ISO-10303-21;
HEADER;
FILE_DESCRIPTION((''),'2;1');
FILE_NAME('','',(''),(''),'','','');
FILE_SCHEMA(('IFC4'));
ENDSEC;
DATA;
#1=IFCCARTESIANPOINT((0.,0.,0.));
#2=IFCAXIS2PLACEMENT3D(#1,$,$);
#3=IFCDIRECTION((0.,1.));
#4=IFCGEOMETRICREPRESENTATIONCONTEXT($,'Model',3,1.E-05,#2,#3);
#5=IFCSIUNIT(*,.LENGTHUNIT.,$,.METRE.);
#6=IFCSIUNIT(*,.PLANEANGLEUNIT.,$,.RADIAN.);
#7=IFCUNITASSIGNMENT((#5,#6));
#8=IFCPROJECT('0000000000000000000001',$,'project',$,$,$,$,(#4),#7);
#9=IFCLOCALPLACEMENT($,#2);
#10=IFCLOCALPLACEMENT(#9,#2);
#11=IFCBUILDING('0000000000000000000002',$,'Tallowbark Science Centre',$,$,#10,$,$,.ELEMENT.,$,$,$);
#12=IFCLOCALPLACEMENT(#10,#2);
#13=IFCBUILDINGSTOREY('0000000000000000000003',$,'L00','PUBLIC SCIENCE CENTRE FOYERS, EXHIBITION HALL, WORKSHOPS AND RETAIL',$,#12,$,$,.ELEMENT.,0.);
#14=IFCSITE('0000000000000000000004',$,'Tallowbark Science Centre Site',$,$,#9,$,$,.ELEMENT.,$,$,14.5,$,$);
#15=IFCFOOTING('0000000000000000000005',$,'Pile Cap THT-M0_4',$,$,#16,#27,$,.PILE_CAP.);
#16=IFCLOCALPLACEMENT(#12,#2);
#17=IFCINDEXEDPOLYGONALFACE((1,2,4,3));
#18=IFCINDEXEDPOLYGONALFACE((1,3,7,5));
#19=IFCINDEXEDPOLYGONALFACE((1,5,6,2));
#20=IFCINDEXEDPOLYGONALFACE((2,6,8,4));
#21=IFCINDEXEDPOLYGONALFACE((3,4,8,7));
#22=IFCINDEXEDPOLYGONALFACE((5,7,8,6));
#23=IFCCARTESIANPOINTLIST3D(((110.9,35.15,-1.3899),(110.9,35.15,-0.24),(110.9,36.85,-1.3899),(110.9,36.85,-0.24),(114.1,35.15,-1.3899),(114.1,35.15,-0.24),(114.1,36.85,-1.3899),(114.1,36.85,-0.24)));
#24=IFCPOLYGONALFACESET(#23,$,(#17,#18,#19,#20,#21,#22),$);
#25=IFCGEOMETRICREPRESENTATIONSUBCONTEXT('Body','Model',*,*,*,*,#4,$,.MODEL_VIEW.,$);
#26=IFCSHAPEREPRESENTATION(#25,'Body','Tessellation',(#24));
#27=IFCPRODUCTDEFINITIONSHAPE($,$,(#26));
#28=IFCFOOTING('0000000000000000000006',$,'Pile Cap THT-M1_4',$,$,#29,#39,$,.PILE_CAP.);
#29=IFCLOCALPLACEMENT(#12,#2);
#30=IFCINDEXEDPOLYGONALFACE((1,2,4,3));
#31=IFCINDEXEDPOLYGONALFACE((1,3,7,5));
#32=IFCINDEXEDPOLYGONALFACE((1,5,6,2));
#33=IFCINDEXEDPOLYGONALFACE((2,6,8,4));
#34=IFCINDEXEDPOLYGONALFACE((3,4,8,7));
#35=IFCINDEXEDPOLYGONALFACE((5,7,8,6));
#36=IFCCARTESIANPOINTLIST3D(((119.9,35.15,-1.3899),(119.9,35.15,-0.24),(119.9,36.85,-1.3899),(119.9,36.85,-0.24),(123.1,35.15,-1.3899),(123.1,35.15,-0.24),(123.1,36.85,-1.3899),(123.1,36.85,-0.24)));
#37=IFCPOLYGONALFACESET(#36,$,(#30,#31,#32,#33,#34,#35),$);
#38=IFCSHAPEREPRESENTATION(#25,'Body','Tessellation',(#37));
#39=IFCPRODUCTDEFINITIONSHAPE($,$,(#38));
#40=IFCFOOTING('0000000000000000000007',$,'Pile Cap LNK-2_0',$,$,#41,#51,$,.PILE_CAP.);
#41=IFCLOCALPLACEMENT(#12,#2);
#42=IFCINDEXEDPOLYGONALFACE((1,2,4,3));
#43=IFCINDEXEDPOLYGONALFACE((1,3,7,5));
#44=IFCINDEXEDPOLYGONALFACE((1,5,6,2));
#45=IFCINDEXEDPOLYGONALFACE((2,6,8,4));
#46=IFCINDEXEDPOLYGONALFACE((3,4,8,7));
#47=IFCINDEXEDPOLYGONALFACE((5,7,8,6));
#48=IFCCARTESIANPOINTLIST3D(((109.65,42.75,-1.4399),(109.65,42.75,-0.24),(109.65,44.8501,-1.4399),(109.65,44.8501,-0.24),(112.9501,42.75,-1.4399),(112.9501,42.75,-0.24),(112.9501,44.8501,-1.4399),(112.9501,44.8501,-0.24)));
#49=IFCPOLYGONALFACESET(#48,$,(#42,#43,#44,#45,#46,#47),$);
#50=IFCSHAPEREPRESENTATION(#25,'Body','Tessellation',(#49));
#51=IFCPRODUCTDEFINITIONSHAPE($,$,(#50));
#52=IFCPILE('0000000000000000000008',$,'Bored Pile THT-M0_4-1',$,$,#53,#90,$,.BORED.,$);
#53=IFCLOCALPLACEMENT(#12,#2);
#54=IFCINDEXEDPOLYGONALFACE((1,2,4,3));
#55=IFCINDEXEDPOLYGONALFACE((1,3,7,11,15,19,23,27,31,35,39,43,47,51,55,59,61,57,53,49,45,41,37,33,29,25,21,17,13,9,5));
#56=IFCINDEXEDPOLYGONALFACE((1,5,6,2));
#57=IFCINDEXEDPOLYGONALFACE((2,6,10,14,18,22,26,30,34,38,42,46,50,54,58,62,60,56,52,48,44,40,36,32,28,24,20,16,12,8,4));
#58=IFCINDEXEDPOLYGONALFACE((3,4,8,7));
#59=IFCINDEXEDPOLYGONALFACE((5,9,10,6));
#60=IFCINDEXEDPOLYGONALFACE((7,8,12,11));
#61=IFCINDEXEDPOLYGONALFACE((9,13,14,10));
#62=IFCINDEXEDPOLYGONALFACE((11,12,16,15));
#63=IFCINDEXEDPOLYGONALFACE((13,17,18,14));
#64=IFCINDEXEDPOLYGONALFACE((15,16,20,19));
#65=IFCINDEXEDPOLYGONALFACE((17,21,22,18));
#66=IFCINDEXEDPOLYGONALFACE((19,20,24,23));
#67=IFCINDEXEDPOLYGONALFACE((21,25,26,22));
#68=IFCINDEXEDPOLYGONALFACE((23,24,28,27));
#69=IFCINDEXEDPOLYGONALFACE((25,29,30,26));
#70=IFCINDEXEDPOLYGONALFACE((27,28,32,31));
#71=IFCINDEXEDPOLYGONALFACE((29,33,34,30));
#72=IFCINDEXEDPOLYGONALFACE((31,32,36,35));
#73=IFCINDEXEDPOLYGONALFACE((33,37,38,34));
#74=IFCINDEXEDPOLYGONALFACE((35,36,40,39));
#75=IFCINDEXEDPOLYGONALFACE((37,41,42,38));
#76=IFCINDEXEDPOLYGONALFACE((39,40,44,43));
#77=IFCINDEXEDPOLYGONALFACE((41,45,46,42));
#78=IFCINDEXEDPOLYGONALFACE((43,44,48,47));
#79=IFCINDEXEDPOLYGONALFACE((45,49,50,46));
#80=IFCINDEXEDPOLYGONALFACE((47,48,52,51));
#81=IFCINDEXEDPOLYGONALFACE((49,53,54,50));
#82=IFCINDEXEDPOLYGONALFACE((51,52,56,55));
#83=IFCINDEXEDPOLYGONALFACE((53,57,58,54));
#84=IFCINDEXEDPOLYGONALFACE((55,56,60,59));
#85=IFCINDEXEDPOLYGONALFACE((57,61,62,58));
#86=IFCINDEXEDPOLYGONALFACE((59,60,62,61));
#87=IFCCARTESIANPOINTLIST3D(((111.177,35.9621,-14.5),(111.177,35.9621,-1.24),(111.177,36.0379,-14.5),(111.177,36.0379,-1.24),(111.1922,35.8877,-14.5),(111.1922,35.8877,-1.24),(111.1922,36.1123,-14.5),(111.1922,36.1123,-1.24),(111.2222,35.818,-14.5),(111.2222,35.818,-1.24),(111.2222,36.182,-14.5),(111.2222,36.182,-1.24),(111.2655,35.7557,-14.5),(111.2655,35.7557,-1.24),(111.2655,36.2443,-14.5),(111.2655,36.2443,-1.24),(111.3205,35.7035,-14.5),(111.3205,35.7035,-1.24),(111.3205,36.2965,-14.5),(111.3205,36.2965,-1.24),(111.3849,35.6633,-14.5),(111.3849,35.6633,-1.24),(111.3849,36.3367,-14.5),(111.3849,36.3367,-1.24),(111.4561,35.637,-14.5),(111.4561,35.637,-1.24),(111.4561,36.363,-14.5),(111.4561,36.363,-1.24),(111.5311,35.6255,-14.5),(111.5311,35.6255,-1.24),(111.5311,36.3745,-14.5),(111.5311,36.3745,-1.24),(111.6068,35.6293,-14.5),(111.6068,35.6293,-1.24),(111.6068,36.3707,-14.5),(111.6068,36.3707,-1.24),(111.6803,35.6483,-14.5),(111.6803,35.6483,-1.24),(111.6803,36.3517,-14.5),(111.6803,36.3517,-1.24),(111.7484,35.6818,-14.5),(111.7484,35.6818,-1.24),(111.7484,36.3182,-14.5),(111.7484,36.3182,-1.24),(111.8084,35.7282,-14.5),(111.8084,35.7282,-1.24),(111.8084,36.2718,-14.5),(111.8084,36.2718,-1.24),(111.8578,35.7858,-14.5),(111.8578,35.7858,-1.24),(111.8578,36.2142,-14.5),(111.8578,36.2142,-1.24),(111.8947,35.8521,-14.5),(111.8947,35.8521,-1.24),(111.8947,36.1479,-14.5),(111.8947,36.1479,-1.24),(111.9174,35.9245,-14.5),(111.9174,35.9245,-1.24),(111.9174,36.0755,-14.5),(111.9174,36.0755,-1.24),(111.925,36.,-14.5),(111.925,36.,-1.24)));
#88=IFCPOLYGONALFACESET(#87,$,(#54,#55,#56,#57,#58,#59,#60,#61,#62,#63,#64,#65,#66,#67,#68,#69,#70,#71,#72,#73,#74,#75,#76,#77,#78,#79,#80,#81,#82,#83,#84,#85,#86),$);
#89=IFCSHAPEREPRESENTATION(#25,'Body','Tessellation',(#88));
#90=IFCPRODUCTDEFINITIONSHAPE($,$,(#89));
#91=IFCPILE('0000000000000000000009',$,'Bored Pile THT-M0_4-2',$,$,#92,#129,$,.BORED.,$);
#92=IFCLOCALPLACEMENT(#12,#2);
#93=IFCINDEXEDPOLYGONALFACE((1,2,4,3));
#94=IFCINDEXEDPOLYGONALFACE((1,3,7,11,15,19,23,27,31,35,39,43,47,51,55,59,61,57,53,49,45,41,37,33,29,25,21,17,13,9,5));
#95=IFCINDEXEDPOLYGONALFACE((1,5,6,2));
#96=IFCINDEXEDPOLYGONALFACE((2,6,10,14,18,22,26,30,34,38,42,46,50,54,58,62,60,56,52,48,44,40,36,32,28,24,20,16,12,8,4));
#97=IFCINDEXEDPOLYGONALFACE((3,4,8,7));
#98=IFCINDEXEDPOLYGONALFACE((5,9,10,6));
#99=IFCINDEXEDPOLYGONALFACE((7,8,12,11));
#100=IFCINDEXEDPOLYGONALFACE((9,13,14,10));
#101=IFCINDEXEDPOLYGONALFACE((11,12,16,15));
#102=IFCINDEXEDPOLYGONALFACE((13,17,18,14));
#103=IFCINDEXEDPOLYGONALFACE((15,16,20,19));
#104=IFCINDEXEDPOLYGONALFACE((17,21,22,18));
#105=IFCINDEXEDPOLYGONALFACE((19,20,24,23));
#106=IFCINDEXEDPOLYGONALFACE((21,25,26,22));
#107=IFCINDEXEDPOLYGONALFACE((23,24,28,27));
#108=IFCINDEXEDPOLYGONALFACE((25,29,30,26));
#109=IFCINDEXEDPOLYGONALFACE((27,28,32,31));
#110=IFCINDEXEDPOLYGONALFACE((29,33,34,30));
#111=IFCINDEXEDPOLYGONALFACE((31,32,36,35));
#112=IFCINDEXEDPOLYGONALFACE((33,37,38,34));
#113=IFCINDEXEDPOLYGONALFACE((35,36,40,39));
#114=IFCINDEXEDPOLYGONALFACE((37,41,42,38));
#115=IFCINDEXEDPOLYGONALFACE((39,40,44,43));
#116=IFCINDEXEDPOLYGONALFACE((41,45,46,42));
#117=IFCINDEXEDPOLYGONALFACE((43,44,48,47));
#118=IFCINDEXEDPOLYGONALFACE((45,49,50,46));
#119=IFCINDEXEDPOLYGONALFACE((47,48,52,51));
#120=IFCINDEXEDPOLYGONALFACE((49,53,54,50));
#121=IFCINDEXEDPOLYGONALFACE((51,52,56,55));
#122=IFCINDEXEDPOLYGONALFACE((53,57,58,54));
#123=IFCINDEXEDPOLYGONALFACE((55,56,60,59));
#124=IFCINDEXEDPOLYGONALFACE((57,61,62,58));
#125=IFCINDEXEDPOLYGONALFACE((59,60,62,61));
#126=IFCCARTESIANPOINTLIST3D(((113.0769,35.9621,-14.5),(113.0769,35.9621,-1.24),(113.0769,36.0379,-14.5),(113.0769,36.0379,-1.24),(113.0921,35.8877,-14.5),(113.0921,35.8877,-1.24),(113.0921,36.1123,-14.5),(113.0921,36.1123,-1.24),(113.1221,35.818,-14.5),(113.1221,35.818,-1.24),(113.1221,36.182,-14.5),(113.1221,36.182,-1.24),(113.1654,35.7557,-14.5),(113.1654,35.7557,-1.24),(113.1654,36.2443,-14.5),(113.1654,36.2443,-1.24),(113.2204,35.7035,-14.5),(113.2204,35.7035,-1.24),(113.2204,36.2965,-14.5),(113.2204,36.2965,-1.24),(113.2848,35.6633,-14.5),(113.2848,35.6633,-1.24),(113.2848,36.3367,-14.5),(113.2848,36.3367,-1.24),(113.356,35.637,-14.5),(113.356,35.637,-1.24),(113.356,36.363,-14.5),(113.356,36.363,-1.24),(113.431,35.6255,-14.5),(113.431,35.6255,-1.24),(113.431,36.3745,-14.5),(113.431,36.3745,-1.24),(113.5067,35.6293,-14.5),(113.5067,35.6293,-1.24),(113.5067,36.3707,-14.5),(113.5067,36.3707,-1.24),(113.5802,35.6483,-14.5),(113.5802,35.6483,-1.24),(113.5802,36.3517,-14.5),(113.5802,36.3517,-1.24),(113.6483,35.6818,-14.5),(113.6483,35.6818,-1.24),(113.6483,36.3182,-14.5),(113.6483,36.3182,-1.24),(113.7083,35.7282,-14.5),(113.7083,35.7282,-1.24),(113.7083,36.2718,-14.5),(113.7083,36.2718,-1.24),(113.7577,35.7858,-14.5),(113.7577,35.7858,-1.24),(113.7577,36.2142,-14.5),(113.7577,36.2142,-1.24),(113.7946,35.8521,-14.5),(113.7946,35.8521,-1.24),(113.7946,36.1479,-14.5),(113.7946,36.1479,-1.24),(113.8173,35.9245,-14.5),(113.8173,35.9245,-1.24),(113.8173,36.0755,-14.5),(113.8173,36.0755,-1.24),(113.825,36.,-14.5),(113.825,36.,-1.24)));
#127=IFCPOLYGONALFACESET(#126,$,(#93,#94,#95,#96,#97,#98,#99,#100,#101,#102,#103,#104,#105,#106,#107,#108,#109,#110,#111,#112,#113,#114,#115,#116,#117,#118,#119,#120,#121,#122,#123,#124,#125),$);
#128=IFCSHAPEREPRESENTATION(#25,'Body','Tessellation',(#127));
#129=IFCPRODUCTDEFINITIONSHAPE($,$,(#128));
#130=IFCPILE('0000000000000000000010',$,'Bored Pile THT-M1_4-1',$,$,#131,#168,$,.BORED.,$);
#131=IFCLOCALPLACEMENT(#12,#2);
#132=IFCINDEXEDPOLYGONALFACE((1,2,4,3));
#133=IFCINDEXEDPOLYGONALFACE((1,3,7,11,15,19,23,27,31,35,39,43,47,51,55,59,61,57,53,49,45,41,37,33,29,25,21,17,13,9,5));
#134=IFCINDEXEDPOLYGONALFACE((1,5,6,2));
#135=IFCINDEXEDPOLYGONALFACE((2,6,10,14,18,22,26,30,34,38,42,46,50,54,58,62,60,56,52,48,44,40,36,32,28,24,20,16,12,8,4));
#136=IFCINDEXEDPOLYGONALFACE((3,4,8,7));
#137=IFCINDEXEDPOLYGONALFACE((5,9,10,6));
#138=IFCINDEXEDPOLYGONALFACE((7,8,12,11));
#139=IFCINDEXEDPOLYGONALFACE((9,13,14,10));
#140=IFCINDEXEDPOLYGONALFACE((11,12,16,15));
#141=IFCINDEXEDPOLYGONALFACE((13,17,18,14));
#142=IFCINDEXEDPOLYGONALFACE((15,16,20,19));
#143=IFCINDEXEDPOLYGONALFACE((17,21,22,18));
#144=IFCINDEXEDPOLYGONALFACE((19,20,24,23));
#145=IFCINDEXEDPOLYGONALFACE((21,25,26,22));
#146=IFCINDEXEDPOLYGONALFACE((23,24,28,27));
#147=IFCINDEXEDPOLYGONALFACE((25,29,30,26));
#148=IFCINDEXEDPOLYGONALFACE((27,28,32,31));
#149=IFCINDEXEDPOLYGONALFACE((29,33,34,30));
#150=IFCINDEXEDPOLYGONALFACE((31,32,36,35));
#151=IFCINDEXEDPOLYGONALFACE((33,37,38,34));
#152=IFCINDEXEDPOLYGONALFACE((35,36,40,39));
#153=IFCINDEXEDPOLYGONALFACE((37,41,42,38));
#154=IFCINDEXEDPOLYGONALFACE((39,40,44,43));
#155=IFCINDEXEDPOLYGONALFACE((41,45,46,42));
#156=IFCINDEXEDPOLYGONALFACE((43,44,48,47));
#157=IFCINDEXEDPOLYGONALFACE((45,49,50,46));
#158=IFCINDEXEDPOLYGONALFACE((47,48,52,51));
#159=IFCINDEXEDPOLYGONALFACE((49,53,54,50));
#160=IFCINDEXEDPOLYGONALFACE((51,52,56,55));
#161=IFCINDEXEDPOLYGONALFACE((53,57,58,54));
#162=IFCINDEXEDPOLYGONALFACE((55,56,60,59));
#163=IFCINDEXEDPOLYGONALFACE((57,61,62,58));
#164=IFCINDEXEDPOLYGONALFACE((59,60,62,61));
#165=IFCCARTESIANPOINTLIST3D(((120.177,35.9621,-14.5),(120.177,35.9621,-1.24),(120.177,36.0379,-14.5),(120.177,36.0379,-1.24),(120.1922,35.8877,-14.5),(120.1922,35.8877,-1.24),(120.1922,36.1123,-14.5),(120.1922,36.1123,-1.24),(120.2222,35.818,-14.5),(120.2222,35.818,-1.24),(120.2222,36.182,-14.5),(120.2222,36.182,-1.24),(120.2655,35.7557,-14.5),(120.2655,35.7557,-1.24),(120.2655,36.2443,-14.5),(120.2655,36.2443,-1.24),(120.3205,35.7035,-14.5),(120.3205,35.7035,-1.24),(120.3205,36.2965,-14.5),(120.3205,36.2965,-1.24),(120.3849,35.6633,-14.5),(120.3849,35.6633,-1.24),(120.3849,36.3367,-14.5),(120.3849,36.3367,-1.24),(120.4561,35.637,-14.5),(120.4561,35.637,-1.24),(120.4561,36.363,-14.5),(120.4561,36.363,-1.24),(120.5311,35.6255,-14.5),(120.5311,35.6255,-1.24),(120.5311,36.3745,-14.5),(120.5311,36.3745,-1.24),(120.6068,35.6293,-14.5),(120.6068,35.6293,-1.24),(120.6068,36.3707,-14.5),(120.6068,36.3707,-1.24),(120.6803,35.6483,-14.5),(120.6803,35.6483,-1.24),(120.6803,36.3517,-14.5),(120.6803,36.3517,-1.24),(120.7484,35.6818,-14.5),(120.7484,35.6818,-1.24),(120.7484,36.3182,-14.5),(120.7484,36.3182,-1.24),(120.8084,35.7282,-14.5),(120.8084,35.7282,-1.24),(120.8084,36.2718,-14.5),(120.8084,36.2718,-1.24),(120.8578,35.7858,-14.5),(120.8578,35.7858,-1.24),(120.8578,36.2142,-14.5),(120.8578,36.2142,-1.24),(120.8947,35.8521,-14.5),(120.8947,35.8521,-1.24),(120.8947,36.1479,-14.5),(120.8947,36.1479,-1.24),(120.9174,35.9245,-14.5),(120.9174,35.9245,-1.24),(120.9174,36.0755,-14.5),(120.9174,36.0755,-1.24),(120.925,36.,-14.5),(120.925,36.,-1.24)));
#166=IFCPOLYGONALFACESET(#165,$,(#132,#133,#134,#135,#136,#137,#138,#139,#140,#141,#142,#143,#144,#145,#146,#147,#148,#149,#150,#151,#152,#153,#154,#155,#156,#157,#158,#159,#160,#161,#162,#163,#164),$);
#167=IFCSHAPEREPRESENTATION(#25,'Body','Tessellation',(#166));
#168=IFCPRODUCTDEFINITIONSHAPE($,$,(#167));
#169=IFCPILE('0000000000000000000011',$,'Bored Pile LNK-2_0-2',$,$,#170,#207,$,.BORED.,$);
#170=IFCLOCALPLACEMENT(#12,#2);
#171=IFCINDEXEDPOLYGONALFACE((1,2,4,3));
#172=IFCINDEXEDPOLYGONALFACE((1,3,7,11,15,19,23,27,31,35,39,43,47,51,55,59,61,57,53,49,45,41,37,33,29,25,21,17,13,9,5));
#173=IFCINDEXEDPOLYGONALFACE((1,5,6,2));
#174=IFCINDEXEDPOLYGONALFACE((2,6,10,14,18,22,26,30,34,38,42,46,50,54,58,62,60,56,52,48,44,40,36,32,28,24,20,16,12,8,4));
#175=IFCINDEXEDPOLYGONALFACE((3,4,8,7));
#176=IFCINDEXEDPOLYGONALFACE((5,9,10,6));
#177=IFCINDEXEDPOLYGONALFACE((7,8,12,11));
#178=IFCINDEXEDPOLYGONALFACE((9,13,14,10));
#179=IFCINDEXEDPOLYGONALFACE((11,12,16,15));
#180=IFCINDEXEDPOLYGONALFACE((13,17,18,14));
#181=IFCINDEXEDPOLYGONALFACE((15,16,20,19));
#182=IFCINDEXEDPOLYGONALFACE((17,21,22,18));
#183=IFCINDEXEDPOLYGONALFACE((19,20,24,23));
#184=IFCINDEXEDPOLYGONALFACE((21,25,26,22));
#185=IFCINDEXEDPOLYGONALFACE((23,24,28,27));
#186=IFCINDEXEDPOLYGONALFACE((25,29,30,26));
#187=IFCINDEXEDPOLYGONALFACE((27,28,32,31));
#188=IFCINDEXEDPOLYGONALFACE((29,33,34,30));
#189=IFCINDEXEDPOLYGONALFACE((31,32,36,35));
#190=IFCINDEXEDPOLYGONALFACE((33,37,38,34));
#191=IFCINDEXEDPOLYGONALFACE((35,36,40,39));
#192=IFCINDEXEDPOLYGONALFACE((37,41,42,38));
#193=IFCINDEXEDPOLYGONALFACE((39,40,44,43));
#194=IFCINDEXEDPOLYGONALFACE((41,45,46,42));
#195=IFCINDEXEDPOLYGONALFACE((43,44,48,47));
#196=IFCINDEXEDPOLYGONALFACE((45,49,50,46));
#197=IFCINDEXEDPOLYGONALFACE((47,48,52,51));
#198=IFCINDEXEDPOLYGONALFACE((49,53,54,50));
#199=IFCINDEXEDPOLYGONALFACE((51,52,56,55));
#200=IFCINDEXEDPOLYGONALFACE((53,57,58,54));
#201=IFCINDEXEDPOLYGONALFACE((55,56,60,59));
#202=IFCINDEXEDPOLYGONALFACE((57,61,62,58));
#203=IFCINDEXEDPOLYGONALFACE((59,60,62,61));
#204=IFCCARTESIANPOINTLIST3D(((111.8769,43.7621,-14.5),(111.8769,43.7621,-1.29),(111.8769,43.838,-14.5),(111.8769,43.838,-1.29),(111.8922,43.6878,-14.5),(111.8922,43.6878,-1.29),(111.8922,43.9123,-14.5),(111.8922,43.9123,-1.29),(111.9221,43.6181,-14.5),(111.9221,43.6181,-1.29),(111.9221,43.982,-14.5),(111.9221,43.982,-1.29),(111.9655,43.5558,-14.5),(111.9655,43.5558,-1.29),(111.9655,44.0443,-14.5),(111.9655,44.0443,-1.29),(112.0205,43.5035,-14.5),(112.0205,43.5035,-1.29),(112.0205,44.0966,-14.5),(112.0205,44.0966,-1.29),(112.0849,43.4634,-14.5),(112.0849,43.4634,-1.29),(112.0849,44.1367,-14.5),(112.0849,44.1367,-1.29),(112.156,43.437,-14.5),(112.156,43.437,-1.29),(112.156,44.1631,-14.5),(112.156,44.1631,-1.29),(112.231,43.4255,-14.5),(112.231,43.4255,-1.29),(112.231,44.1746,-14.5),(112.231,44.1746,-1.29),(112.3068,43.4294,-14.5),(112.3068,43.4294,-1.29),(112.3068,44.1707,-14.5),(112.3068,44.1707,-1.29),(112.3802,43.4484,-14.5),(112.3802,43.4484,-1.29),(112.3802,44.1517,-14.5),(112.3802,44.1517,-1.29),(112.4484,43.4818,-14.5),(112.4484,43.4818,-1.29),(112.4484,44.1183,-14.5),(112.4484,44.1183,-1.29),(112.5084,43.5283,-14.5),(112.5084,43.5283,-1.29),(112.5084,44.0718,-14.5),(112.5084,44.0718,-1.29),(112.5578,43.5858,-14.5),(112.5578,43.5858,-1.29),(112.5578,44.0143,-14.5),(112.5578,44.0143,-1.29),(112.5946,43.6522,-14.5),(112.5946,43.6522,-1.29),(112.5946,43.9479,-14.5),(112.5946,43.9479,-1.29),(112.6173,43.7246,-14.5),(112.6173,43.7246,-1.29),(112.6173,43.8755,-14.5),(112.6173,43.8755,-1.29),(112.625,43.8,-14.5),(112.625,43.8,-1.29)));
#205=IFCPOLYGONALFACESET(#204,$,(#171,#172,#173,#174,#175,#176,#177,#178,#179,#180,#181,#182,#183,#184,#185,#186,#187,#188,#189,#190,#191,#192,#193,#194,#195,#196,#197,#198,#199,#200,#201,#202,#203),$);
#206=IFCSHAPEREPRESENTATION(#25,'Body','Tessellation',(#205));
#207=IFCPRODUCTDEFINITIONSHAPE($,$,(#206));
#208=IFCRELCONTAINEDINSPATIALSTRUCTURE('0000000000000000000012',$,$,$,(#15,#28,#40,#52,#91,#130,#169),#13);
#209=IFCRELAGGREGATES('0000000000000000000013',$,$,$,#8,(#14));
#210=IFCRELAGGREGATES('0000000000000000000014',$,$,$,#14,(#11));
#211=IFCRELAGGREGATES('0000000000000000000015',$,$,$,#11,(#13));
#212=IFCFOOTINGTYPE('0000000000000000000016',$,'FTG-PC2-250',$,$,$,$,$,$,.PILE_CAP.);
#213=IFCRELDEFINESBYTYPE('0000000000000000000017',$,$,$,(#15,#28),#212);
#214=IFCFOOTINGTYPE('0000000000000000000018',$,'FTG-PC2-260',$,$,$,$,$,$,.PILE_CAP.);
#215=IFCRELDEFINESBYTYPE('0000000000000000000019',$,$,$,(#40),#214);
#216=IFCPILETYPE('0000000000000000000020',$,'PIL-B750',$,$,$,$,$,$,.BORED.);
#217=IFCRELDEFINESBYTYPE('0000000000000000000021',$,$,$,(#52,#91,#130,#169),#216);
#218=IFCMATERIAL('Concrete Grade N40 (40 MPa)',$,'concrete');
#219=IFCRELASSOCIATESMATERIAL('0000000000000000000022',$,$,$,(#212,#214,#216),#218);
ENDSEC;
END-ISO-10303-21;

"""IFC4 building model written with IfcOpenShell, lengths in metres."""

from ifc_helpers import new_model, si_unit, direction, frame, origin, origin_2d, place, context, subcontext, project, spatial, rectangle, circle, extrude, material, material_profile, profile_set, type_object, element, save


model = new_model("IFC4")

# Units and contexts
model_context = context("Model", 3, precision=1e-05, world=origin(), true_north=direction((0.0, 1.0)))
body_context = subcontext(model_context, "Body", "Model", "MODEL_VIEW")
ifc_project = project(units=[si_unit("LENGTHUNIT", "METRE"), si_unit("PLANEANGLEUNIT", "RADIAN")], contexts=[model_context])

# Site, building, storey
site_placement = place(None, origin())
site = spatial("IfcSite", under=ifc_project, at=site_placement, Name="Tallowbark Science Centre Site", CompositionType="ELEMENT", RefElevation=14.5)
building_placement = place(site_placement, origin())
building = spatial("IfcBuilding", under=site, at=building_placement, Name="Tallowbark Science Centre", CompositionType="ELEMENT")
storey_placement = place(building_placement, origin())
storey = spatial("IfcBuildingStorey", under=building, at=storey_placement, Name="L00", Description="PUBLIC SCIENCE CENTRE FOYERS, EXHIBITION HALL, WORKSHOPS AND RETAIL", CompositionType="ELEMENT", Elevation=0.0)

# Footings
ifc_material_1 = material(Name="Concrete Grade N40 (40 MPa)", Category="concrete")
footing_type_1 = type_object("IfcFootingType", Name="FTG-PC2-250", PredefinedType="PILE_CAP", material=ifc_material_1)
for number, where, z_axis, x_axis, name in (
    (1, (112.5, 36.0, -1.3899), (0.0, 0.0, 1.0), (1.0, 0.0, 0.0), "Pile Cap THT-M0_4"),
    (2, (121.5, 36.0, -1.3899), (0.0, 0.0, 1.0), (1.0, 0.0, 0.0), "Pile Cap THT-M1_4"),
):
    element("IfcFooting", number, at=place(storey_placement, frame(where, z_axis=z_axis, x_axis=x_axis)), inside=storey, type_object=footing_type_1, Name=name, PredefinedType="PILE_CAP", context=body_context, shape_type="SweptSolid", body=[
        extrude(rectangle(XDim=3.2, YDim=1.7, at=origin_2d()), origin(), (0.0, 0.0, 1.0), 1.1499),
    ])
footing_type_2 = type_object("IfcFootingType", Name="FTG-PC2-260", PredefinedType="PILE_CAP", material=ifc_material_1)
footing_placement = place(storey_placement, frame((111.3, 43.8, -1.4399), z_axis=(0.0, 0.0, 1.0), x_axis=(1.0, 0.0, 0.0)))
element("IfcFooting", 3, at=footing_placement, inside=storey, type_object=footing_type_2, Name="Pile Cap LNK-2_0", PredefinedType="PILE_CAP", context=body_context, shape_type="SweptSolid", body=[
    extrude(rectangle(XDim=3.3, YDim=2.1001, at=origin_2d()), origin(), (0.0, 0.0, 1.0), 1.2),
])

# Piles
ifc_material_profile_1 = material_profile(ifc_material_1, circle(Radius=0.375, at=origin_2d()), Name="PILE750")
ifc_profile_set_1 = profile_set([ifc_material_profile_1], Name="Concrete Grade N40 (40 MPa)")
pile_type = type_object("IfcPileType", Name="PIL-B750", PredefinedType="BORED", material=ifc_profile_set_1)
for number, where, z_axis, x_axis, name in (
    (4, (111.55, 36.0, -1.24), (0.0, 0.0, -1.0), (1.0, 0.0, 0.0), "Bored Pile THT-M0_4-1"),
    (5, (113.45, 36.0, -1.24), (0.0, 0.0, -1.0), (1.0, 0.0, 0.0), "Bored Pile THT-M0_4-2"),
    (6, (120.55, 36.0, -1.24), (0.0, 0.0, -1.0), (1.0, 0.0, 0.0), "Bored Pile THT-M1_4-1"),
):
    element("IfcPile", number, at=place(storey_placement, frame(where, z_axis=z_axis, x_axis=x_axis)), inside=storey, type_object=pile_type, Name=name, PredefinedType="BORED", context=body_context, shape_type="SweptSolid", body=[
        extrude(circle(Radius=0.375, at=origin_2d()), origin(), (0.0, 0.0, 1.0), 13.26),
    ])
pile_placement = place(storey_placement, frame((112.25, 43.8, -1.29), z_axis=(0.0, 0.0, -1.0), x_axis=(1.0, 0.0, 0.0)))
element("IfcPile", 7, at=pile_placement, inside=storey, type_object=pile_type, Name="Bored Pile LNK-2_0-2", PredefinedType="BORED", context=body_context, shape_type="SweptSolid", body=[
    extrude(circle(Radius=0.375, at=origin_2d()), origin(), (0.0, 0.0, 1.0), 13.21),
])

save(model, "model.ifc")
